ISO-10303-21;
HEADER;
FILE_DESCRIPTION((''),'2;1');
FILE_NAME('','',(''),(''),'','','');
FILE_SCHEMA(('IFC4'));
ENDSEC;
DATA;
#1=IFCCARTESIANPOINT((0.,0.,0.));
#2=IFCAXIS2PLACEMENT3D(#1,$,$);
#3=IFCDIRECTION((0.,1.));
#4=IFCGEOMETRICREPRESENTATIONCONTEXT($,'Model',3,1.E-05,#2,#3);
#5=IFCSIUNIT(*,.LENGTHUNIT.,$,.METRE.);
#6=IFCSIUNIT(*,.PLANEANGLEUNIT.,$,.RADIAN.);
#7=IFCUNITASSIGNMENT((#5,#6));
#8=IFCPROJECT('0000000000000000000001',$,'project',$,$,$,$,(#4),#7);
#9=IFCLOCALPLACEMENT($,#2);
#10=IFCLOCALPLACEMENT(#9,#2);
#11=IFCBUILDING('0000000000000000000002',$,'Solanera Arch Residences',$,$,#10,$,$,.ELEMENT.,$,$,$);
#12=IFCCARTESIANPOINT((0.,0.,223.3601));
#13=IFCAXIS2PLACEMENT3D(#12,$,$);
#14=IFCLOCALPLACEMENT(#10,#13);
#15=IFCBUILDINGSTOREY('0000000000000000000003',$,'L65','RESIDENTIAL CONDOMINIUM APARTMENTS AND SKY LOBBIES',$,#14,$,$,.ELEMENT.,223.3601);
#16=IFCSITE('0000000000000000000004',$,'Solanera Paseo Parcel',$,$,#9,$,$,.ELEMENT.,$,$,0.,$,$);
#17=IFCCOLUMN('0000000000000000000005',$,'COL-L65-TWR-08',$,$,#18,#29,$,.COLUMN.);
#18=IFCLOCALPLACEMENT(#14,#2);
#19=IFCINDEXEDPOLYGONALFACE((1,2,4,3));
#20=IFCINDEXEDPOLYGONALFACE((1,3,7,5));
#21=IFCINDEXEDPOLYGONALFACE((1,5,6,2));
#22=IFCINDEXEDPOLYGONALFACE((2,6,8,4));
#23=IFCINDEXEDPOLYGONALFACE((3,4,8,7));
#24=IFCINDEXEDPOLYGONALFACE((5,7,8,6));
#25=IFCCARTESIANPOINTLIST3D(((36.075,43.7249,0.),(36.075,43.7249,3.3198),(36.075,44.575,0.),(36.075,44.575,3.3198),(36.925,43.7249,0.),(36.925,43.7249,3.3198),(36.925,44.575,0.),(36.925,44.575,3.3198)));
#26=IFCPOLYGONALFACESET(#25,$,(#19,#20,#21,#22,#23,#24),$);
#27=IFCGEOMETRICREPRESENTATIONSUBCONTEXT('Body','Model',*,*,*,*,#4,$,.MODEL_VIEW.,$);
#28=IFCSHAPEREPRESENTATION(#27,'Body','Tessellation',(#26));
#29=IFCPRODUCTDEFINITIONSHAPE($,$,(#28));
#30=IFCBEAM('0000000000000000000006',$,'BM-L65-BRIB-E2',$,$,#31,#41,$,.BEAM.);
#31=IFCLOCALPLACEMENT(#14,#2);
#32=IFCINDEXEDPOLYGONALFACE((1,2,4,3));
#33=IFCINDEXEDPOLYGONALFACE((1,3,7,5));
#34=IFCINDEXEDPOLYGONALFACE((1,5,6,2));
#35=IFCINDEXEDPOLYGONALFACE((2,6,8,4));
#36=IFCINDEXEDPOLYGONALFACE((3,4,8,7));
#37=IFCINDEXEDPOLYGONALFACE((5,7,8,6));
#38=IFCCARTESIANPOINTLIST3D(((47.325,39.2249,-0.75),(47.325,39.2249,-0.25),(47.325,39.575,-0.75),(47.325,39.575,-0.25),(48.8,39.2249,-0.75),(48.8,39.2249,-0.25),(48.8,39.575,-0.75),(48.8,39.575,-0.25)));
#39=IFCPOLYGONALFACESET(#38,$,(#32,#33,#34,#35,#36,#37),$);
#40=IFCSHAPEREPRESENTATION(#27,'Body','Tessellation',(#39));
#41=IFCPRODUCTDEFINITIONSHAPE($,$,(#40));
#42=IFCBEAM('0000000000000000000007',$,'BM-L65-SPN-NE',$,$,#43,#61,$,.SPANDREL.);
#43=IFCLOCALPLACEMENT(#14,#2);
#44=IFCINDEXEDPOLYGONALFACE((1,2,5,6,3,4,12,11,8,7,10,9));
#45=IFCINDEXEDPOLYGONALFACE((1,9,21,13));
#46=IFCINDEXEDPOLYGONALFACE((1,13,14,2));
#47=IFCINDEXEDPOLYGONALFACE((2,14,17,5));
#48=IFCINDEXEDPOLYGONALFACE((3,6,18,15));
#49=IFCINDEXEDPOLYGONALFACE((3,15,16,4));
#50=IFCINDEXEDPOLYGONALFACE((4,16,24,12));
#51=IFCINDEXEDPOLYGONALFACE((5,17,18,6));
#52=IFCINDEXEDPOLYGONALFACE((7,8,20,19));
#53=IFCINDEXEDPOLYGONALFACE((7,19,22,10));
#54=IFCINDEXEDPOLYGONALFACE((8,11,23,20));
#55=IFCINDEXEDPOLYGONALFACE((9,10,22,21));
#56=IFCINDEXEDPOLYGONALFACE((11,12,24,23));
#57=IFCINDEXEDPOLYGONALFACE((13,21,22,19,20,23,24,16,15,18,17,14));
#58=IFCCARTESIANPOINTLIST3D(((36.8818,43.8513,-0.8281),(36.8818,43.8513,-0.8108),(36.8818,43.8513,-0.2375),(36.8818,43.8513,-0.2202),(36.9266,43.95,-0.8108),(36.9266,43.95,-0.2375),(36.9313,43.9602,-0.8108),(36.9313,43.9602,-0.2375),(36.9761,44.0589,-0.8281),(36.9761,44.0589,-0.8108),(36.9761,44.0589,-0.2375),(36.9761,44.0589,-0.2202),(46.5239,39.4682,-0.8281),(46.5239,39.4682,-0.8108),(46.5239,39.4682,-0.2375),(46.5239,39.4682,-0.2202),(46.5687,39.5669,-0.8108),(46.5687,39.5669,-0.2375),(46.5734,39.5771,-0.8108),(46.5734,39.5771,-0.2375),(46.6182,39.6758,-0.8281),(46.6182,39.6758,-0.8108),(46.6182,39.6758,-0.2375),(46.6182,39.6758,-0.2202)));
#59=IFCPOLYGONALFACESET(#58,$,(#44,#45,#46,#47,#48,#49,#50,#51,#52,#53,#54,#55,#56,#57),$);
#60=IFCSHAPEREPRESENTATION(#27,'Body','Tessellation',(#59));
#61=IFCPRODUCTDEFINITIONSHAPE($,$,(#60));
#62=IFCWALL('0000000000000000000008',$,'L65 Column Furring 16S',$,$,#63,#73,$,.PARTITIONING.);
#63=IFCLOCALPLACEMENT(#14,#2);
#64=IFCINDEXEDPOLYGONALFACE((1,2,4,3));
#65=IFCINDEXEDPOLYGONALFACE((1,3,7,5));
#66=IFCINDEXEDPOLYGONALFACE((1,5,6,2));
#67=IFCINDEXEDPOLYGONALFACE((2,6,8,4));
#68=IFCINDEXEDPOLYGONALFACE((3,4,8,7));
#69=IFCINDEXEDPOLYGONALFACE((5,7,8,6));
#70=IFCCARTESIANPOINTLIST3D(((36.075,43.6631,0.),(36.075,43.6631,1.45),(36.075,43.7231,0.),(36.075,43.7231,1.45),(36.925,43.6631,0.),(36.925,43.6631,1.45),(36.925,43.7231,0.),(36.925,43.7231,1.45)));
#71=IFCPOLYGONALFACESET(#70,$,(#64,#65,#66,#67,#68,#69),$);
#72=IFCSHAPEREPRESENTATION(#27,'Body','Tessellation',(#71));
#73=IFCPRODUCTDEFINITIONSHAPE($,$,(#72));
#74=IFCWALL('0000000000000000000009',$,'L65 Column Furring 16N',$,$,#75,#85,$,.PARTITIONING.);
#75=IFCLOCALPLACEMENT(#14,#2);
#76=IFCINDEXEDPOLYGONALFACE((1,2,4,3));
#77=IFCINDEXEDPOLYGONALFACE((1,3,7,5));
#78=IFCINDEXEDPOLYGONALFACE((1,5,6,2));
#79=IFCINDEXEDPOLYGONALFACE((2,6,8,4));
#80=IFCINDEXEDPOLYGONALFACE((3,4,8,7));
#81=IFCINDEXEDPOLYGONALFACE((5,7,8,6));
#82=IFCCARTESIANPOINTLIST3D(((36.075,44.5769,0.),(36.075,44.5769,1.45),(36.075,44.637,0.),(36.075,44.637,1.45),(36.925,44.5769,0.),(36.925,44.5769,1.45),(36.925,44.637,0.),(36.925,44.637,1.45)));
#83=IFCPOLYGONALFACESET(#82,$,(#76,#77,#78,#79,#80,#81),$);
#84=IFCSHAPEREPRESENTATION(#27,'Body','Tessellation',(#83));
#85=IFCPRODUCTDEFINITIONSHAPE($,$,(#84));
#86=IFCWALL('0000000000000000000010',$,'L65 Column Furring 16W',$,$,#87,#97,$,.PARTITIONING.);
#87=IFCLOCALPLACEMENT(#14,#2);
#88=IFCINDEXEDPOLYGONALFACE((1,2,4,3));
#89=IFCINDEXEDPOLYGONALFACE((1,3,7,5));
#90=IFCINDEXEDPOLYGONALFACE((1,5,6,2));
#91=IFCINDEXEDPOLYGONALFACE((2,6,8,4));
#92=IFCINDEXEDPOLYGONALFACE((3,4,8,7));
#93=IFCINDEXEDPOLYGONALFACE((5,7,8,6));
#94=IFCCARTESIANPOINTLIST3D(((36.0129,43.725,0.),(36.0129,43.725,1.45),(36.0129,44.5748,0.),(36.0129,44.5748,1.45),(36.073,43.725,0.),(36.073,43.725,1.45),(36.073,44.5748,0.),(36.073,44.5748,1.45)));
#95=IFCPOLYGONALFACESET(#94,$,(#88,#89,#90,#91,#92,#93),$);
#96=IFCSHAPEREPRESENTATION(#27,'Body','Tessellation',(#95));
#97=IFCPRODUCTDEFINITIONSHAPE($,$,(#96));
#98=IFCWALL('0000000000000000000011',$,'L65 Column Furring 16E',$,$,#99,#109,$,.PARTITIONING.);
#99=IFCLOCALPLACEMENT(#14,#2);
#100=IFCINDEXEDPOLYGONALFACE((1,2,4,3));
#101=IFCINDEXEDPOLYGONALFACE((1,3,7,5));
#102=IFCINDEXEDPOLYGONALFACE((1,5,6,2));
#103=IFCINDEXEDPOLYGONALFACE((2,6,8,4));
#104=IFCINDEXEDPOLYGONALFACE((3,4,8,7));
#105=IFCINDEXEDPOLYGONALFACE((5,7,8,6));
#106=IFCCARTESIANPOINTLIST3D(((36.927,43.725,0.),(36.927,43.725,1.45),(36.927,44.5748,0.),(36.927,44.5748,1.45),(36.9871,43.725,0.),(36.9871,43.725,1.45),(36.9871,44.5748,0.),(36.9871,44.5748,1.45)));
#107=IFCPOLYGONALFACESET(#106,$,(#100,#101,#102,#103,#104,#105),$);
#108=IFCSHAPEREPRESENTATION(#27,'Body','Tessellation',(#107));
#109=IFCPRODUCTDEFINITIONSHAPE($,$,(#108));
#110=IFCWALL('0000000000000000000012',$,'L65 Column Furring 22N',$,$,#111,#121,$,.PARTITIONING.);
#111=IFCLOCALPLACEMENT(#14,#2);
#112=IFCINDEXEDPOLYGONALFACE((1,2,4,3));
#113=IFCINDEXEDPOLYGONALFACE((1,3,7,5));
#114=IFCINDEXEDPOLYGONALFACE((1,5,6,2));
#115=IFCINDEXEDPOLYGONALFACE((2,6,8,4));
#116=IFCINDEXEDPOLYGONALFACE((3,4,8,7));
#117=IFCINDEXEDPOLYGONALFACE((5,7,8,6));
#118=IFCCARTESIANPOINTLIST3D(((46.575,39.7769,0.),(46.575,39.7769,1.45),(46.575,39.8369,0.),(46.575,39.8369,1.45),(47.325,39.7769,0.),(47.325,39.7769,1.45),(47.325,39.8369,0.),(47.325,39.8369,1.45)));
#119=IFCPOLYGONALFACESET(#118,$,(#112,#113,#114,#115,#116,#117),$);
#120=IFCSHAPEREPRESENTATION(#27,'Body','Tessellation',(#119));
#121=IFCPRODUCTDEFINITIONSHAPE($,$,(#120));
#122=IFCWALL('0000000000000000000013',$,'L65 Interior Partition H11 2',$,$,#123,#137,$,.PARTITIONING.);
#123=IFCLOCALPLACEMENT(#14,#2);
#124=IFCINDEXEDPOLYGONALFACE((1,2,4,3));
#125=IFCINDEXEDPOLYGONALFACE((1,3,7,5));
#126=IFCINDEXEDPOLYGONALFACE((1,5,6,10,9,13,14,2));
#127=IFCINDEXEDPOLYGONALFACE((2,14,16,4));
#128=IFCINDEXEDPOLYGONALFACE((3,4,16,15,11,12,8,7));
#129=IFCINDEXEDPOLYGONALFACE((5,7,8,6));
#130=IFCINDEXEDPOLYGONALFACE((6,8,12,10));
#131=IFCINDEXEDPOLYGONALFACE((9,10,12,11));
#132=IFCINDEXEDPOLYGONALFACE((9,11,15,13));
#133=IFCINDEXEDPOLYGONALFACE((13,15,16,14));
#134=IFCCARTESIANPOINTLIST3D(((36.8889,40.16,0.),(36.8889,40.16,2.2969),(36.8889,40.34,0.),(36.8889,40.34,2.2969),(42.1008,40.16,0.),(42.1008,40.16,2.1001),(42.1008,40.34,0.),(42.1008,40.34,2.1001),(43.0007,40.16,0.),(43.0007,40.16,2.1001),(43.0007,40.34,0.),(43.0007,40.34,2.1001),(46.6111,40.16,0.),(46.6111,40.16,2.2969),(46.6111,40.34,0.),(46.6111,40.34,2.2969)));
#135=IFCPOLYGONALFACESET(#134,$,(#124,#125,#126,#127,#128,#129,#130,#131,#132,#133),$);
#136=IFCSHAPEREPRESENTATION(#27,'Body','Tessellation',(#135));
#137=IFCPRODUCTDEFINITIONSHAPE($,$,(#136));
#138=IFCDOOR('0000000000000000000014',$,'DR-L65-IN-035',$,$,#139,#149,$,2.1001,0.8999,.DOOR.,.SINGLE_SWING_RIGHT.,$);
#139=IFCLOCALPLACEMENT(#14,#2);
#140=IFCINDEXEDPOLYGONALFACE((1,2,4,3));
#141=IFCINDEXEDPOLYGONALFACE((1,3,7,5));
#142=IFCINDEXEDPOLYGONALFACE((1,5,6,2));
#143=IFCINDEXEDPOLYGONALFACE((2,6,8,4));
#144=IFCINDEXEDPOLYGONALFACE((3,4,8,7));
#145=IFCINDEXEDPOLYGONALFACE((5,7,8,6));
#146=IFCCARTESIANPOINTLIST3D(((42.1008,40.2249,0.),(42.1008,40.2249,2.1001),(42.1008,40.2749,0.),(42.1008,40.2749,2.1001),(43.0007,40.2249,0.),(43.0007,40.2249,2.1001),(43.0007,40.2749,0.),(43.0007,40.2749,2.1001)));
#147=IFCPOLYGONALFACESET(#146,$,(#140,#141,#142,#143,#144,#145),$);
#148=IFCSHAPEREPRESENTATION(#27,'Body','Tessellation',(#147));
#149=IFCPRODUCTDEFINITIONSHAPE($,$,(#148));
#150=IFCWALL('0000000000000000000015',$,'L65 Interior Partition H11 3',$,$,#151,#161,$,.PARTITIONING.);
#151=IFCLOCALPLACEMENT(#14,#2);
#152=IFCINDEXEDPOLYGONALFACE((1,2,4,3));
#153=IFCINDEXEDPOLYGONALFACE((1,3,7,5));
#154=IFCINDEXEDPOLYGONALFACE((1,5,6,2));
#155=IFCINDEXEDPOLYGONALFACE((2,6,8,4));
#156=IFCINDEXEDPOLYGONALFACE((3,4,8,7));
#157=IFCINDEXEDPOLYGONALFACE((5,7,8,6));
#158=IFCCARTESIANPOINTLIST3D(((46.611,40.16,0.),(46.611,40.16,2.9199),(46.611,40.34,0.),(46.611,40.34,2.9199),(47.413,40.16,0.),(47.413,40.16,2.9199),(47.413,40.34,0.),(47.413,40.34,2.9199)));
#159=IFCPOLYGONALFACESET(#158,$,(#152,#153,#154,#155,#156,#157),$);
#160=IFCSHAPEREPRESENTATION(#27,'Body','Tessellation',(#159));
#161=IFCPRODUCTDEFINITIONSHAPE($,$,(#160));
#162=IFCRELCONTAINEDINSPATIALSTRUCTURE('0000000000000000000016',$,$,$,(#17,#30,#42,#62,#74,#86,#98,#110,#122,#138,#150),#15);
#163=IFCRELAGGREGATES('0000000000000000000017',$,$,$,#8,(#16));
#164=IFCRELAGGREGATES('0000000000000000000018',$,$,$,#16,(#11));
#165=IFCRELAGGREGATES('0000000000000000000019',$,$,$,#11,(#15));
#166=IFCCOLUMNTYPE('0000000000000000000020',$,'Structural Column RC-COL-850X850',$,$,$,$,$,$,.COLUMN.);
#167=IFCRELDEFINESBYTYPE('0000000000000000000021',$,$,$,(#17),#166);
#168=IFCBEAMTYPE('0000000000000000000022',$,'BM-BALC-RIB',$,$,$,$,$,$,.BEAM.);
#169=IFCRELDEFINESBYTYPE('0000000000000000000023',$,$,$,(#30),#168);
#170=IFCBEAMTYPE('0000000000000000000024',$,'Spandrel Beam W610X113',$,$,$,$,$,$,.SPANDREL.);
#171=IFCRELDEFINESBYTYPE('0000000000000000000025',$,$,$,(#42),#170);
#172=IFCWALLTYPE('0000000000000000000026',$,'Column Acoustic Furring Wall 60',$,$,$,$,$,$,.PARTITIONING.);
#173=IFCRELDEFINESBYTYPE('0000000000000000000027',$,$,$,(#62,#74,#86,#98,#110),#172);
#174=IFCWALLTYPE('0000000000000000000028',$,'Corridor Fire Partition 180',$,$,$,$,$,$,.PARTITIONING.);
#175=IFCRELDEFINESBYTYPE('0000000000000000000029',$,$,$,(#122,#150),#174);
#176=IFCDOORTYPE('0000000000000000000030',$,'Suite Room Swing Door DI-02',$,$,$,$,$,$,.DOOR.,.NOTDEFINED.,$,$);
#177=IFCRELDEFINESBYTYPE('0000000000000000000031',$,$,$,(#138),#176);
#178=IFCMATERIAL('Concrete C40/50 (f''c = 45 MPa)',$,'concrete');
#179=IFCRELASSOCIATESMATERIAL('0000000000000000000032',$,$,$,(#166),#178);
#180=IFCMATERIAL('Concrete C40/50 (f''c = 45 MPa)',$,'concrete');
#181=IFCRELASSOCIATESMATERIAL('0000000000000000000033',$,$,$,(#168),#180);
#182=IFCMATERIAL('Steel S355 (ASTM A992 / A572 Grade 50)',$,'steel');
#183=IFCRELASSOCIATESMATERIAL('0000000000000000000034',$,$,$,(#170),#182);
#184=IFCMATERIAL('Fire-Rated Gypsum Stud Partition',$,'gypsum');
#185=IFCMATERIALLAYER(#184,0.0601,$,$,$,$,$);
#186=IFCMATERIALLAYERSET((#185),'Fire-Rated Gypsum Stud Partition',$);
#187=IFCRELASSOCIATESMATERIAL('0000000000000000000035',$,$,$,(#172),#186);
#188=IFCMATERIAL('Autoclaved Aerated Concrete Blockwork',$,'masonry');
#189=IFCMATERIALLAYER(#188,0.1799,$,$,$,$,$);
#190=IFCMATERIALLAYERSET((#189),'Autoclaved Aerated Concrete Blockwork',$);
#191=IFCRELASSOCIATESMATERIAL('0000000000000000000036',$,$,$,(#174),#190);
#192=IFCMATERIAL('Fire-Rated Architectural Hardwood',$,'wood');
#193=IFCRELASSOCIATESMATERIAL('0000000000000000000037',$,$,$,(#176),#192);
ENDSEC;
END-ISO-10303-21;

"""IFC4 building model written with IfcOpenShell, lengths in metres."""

from ifc_helpers import new_model, si_unit, direction, frame, frame_2d, origin, origin_2d, place, context, subcontext, project, spatial, rectangle, i_section, extrude, material, layer, layer_set, material_profile, profile_set, type_object, element, fill, save


model = new_model("IFC4")

# Units and contexts
model_context = context("Model", 3, precision=1e-05, world=origin(), true_north=direction((0.0, 1.0)))
body_context = subcontext(model_context, "Body", "Model", "MODEL_VIEW")
ifc_project = project(units=[si_unit("LENGTHUNIT", "METRE"), si_unit("PLANEANGLEUNIT", "RADIAN")], contexts=[model_context])

# Site, building, storey
site_placement = place(None, origin())
site = spatial("IfcSite", under=ifc_project, at=site_placement, Name="Solanera Paseo Parcel", CompositionType="ELEMENT", RefElevation=0.0)
building_placement = place(site_placement, origin())
building = spatial("IfcBuilding", under=site, at=building_placement, Name="Solanera Arch Residences", CompositionType="ELEMENT")
storey_placement = place(building_placement, frame((0.0, 0.0, 223.3601)))
storey = spatial("IfcBuildingStorey", under=building, at=storey_placement, Name="L65", Description="RESIDENTIAL CONDOMINIUM APARTMENTS AND SKY LOBBIES", CompositionType="ELEMENT", Elevation=223.3601)

# Column
ifc_material_1 = material(Name="Concrete C40/50 (f'c = 45 MPa)", Category="concrete")
ifc_material_profile_1 = material_profile(ifc_material_1, rectangle(XDim=0.8501, YDim=0.8501, at=origin_2d()))
ifc_profile_set_1 = profile_set([ifc_material_profile_1], Name="Concrete C40/50 (f'c = 45 MPa)")
column_type = type_object("IfcColumnType", Name="Structural Column RC-COL-850X850", PredefinedType="COLUMN", material=ifc_profile_set_1)
column_placement = place(storey_placement, frame((36.5, 44.1499, 0.0), z_axis=(0.0, 0.0, 1.0), x_axis=(1.0, 0.0, 0.0)))
element("IfcColumn", 1, at=column_placement, inside=storey, type_object=column_type, Name="COL-L65-TWR-08", PredefinedType="COLUMN", context=body_context, shape_type="SweptSolid", body=[
    extrude(rectangle(XDim=0.8501, YDim=0.8501, at=origin_2d()), origin(), (0.0, 0.0, 1.0), 3.3198),
])

# Beams
ifc_material_2 = material(Name="Concrete C40/50 (f'c = 45 MPa)", Category="concrete")
ifc_material_profile_2 = material_profile(ifc_material_2, rectangle(XDim=0.3501, YDim=0.5, at=origin_2d()))
ifc_profile_set_2 = profile_set([ifc_material_profile_2], Name="Concrete C40/50 (f'c = 45 MPa)")
beam_type_1 = type_object("IfcBeamType", Name="BM-BALC-RIB", PredefinedType="BEAM", material=ifc_profile_set_2)
beam_1_placement = place(storey_placement, frame((47.325, 39.3999, -0.5), z_axis=(1.0, 0.0, 0.0), x_axis=(0.0, 1.0, 0.0)))
element("IfcBeam", 2, at=beam_1_placement, inside=storey, type_object=beam_type_1, Name="BM-L65-BRIB-E2", PredefinedType="BEAM", context=body_context, shape_type="SweptSolid", body=[
    extrude(rectangle(XDim=0.3501, YDim=0.5, at=origin_2d()), origin(), (0.0, 0.0, 1.0), 1.4751),
])
ifc_material_3 = material(Name="Steel S355 (ASTM A992 / A572 Grade 50)", Category="steel")
ifc_material_profile_3 = material_profile(ifc_material_3, i_section(OverallWidth=0.228, OverallDepth=0.6079, WebThickness=0.0112, FlangeThickness=0.0173, at=origin_2d()))
ifc_profile_set_3 = profile_set([ifc_material_profile_3], Name="Steel S355 (ASTM A992 / A572 Grade 50)")
beam_type_2 = type_object("IfcBeamType", Name="Spandrel Beam W610X113", PredefinedType="SPANDREL", material=ifc_profile_set_3)
beam_2_placement = place(storey_placement, frame((36.929, 43.9551, -0.5242), z_axis=(0.910356, -0.413826, 0.0), x_axis=(0.413826, 0.910356, 0.0)))
element("IfcBeam", 3, at=beam_2_placement, inside=storey, type_object=beam_type_2, Name="BM-L65-SPN-NE", PredefinedType="SPANDREL", context=body_context, shape_type="SweptSolid", body=[
    extrude(i_section(OverallWidth=0.228, OverallDepth=0.6079, WebThickness=0.0112, FlangeThickness=0.0173, at=origin_2d()), origin(), (0.0, 0.0, 1.0), 10.5916),
])

# Walls
ifc_material_4 = material(Name="Fire-Rated Gypsum Stud Partition", Category="gypsum")
ifc_layer_1 = layer(ifc_material_4, 0.0601)
ifc_layer_set_1 = layer_set([ifc_layer_1], Name="Fire-Rated Gypsum Stud Partition")
wall_type_1 = type_object("IfcWallType", Name="Column Acoustic Furring Wall 60", PredefinedType="PARTITIONING", material=ifc_layer_set_1)
for number, where, z_axis, x_axis, name in (
    (4, (36.075, 43.6931, 0.0), (0.0, 0.0, 1.0), (1.0, 0.0, 0.0), "L65 Column Furring 16S"),
    (5, (36.075, 44.6069, 0.0), (0.0, 0.0, 1.0), (1.0, 0.0, 0.0), "L65 Column Furring 16N"),
):
    element("IfcWall", number, at=place(storey_placement, frame(where, z_axis=z_axis, x_axis=x_axis)), inside=storey, type_object=wall_type_1, Name=name, PredefinedType="PARTITIONING", context=body_context, shape_type="SweptSolid", body=[
        extrude(rectangle(XDim=0.8501, YDim=0.0601, at=frame_2d((0.425, 0.0))), origin(), (0.0, 0.0, 1.0), 1.45),
    ])
for number, where, z_axis, x_axis, name in (
    (6, (36.043, 43.7251, 0.0), (0.0, 0.0, 1.0), (0.0, 1.0, 0.0), "L65 Column Furring 16W"),
    (7, (36.957, 43.7251, 0.0), (0.0, 0.0, 1.0), (0.0, 1.0, 0.0), "L65 Column Furring 16E"),
):
    element("IfcWall", number, at=place(storey_placement, frame(where, z_axis=z_axis, x_axis=x_axis)), inside=storey, type_object=wall_type_1, Name=name, PredefinedType="PARTITIONING", context=body_context, shape_type="SweptSolid", body=[
        extrude(rectangle(XDim=0.8499, YDim=0.0601, at=frame_2d((0.4248, 0.0))), origin(), (0.0, 0.0, 1.0), 1.45),
    ])
wall_1_placement = place(storey_placement, frame((46.575, 39.8069, 0.0), z_axis=(0.0, 0.0, 1.0), x_axis=(1.0, 0.0, 0.0)))
element("IfcWall", 8, at=wall_1_placement, inside=storey, type_object=wall_type_1, Name="L65 Column Furring 22N", PredefinedType="PARTITIONING", context=body_context, shape_type="SweptSolid", body=[
    extrude(rectangle(XDim=0.75, YDim=0.0601, at=frame_2d((0.375, 0.0))), origin(), (0.0, 0.0, 1.0), 1.45),
])

# Wall, opening, door
ifc_material_5 = material(Name="Autoclaved Aerated Concrete Blockwork", Category="masonry")
ifc_layer_2 = layer(ifc_material_5, 0.1799)
ifc_layer_set_2 = layer_set([ifc_layer_2], Name="Autoclaved Aerated Concrete Blockwork")
wall_type_2 = type_object("IfcWallType", Name="Corridor Fire Partition 180", PredefinedType="PARTITIONING", material=ifc_layer_set_2)
wall_2_placement = place(storey_placement, frame((36.8889, 40.25, 0.0), z_axis=(0.0, 0.0, 1.0), x_axis=(1.0, 0.0, 0.0)))
wall_2 = element("IfcWall", 9, at=wall_2_placement, inside=storey, type_object=wall_type_2, Name="L65 Interior Partition H11 2", PredefinedType="PARTITIONING", context=body_context, shape_type="SweptSolid", body=[
    extrude(rectangle(XDim=9.7222, YDim=0.1799, at=frame_2d((4.8611, 0.0))), origin(), (0.0, 0.0, 1.0), 2.2969),
])
opening_1_placement = place(wall_2_placement, frame((5.2119, 0.0, 0.0)))
opening_1 = element("IfcOpeningElement", 10, at=opening_1_placement, cuts=wall_2, PredefinedType="OPENING", context=body_context, shape_type="SweptSolid", body=[
    extrude(rectangle(XDim=0.8999, YDim=2.1001, at=frame_2d((0.45, 1.05))), frame((0.0, 0.1001, 0.0), z_axis=(0.0, -1.0, 0.0), x_axis=(1.0, 0.0, 0.0)), (0.0, 0.0, 1.0), 0.1999),
])
ifc_material_6 = material(Name="Fire-Rated Architectural Hardwood", Category="wood")
door_type_1 = type_object("IfcDoorType", Name="Suite Room Swing Door DI-02", OperationType="NOTDEFINED", PredefinedType="DOOR", material=ifc_material_6)
door_1_placement = place(opening_1_placement, origin())
door_1 = element("IfcDoor", 11, at=door_1_placement, inside=storey, type_object=door_type_1, Name="DR-L65-IN-035", OperationType="SINGLE_SWING_RIGHT", OverallHeight=2.1001, OverallWidth=0.8999, PredefinedType="DOOR", context=body_context, shape_type="SweptSolid", body=[
    extrude(rectangle(XDim=0.8999, YDim=2.1001, at=frame_2d((0.45, 1.05))), frame((0.0, 0.0249, 0.0), z_axis=(0.0, -1.0, 0.0), x_axis=(1.0, 0.0, 0.0)), (0.0, 0.0, 1.0), 0.05),
])
fill(opening_1, door_1)

# Wall
wall_3_placement = place(storey_placement, frame((46.6111, 40.25, 0.0), z_axis=(0.0, 0.0, 1.0), x_axis=(1.0, 0.0, 0.0)))
element("IfcWall", 12, at=wall_3_placement, inside=storey, type_object=wall_type_2, Name="L65 Interior Partition H11 3", PredefinedType="PARTITIONING", context=body_context, shape_type="SweptSolid", body=[
    extrude(rectangle(XDim=0.802, YDim=0.1799, at=frame_2d((0.4009, 0.0))), origin(), (0.0, 0.0, 1.0), 2.9199),
])

save(model, "model.ifc")
